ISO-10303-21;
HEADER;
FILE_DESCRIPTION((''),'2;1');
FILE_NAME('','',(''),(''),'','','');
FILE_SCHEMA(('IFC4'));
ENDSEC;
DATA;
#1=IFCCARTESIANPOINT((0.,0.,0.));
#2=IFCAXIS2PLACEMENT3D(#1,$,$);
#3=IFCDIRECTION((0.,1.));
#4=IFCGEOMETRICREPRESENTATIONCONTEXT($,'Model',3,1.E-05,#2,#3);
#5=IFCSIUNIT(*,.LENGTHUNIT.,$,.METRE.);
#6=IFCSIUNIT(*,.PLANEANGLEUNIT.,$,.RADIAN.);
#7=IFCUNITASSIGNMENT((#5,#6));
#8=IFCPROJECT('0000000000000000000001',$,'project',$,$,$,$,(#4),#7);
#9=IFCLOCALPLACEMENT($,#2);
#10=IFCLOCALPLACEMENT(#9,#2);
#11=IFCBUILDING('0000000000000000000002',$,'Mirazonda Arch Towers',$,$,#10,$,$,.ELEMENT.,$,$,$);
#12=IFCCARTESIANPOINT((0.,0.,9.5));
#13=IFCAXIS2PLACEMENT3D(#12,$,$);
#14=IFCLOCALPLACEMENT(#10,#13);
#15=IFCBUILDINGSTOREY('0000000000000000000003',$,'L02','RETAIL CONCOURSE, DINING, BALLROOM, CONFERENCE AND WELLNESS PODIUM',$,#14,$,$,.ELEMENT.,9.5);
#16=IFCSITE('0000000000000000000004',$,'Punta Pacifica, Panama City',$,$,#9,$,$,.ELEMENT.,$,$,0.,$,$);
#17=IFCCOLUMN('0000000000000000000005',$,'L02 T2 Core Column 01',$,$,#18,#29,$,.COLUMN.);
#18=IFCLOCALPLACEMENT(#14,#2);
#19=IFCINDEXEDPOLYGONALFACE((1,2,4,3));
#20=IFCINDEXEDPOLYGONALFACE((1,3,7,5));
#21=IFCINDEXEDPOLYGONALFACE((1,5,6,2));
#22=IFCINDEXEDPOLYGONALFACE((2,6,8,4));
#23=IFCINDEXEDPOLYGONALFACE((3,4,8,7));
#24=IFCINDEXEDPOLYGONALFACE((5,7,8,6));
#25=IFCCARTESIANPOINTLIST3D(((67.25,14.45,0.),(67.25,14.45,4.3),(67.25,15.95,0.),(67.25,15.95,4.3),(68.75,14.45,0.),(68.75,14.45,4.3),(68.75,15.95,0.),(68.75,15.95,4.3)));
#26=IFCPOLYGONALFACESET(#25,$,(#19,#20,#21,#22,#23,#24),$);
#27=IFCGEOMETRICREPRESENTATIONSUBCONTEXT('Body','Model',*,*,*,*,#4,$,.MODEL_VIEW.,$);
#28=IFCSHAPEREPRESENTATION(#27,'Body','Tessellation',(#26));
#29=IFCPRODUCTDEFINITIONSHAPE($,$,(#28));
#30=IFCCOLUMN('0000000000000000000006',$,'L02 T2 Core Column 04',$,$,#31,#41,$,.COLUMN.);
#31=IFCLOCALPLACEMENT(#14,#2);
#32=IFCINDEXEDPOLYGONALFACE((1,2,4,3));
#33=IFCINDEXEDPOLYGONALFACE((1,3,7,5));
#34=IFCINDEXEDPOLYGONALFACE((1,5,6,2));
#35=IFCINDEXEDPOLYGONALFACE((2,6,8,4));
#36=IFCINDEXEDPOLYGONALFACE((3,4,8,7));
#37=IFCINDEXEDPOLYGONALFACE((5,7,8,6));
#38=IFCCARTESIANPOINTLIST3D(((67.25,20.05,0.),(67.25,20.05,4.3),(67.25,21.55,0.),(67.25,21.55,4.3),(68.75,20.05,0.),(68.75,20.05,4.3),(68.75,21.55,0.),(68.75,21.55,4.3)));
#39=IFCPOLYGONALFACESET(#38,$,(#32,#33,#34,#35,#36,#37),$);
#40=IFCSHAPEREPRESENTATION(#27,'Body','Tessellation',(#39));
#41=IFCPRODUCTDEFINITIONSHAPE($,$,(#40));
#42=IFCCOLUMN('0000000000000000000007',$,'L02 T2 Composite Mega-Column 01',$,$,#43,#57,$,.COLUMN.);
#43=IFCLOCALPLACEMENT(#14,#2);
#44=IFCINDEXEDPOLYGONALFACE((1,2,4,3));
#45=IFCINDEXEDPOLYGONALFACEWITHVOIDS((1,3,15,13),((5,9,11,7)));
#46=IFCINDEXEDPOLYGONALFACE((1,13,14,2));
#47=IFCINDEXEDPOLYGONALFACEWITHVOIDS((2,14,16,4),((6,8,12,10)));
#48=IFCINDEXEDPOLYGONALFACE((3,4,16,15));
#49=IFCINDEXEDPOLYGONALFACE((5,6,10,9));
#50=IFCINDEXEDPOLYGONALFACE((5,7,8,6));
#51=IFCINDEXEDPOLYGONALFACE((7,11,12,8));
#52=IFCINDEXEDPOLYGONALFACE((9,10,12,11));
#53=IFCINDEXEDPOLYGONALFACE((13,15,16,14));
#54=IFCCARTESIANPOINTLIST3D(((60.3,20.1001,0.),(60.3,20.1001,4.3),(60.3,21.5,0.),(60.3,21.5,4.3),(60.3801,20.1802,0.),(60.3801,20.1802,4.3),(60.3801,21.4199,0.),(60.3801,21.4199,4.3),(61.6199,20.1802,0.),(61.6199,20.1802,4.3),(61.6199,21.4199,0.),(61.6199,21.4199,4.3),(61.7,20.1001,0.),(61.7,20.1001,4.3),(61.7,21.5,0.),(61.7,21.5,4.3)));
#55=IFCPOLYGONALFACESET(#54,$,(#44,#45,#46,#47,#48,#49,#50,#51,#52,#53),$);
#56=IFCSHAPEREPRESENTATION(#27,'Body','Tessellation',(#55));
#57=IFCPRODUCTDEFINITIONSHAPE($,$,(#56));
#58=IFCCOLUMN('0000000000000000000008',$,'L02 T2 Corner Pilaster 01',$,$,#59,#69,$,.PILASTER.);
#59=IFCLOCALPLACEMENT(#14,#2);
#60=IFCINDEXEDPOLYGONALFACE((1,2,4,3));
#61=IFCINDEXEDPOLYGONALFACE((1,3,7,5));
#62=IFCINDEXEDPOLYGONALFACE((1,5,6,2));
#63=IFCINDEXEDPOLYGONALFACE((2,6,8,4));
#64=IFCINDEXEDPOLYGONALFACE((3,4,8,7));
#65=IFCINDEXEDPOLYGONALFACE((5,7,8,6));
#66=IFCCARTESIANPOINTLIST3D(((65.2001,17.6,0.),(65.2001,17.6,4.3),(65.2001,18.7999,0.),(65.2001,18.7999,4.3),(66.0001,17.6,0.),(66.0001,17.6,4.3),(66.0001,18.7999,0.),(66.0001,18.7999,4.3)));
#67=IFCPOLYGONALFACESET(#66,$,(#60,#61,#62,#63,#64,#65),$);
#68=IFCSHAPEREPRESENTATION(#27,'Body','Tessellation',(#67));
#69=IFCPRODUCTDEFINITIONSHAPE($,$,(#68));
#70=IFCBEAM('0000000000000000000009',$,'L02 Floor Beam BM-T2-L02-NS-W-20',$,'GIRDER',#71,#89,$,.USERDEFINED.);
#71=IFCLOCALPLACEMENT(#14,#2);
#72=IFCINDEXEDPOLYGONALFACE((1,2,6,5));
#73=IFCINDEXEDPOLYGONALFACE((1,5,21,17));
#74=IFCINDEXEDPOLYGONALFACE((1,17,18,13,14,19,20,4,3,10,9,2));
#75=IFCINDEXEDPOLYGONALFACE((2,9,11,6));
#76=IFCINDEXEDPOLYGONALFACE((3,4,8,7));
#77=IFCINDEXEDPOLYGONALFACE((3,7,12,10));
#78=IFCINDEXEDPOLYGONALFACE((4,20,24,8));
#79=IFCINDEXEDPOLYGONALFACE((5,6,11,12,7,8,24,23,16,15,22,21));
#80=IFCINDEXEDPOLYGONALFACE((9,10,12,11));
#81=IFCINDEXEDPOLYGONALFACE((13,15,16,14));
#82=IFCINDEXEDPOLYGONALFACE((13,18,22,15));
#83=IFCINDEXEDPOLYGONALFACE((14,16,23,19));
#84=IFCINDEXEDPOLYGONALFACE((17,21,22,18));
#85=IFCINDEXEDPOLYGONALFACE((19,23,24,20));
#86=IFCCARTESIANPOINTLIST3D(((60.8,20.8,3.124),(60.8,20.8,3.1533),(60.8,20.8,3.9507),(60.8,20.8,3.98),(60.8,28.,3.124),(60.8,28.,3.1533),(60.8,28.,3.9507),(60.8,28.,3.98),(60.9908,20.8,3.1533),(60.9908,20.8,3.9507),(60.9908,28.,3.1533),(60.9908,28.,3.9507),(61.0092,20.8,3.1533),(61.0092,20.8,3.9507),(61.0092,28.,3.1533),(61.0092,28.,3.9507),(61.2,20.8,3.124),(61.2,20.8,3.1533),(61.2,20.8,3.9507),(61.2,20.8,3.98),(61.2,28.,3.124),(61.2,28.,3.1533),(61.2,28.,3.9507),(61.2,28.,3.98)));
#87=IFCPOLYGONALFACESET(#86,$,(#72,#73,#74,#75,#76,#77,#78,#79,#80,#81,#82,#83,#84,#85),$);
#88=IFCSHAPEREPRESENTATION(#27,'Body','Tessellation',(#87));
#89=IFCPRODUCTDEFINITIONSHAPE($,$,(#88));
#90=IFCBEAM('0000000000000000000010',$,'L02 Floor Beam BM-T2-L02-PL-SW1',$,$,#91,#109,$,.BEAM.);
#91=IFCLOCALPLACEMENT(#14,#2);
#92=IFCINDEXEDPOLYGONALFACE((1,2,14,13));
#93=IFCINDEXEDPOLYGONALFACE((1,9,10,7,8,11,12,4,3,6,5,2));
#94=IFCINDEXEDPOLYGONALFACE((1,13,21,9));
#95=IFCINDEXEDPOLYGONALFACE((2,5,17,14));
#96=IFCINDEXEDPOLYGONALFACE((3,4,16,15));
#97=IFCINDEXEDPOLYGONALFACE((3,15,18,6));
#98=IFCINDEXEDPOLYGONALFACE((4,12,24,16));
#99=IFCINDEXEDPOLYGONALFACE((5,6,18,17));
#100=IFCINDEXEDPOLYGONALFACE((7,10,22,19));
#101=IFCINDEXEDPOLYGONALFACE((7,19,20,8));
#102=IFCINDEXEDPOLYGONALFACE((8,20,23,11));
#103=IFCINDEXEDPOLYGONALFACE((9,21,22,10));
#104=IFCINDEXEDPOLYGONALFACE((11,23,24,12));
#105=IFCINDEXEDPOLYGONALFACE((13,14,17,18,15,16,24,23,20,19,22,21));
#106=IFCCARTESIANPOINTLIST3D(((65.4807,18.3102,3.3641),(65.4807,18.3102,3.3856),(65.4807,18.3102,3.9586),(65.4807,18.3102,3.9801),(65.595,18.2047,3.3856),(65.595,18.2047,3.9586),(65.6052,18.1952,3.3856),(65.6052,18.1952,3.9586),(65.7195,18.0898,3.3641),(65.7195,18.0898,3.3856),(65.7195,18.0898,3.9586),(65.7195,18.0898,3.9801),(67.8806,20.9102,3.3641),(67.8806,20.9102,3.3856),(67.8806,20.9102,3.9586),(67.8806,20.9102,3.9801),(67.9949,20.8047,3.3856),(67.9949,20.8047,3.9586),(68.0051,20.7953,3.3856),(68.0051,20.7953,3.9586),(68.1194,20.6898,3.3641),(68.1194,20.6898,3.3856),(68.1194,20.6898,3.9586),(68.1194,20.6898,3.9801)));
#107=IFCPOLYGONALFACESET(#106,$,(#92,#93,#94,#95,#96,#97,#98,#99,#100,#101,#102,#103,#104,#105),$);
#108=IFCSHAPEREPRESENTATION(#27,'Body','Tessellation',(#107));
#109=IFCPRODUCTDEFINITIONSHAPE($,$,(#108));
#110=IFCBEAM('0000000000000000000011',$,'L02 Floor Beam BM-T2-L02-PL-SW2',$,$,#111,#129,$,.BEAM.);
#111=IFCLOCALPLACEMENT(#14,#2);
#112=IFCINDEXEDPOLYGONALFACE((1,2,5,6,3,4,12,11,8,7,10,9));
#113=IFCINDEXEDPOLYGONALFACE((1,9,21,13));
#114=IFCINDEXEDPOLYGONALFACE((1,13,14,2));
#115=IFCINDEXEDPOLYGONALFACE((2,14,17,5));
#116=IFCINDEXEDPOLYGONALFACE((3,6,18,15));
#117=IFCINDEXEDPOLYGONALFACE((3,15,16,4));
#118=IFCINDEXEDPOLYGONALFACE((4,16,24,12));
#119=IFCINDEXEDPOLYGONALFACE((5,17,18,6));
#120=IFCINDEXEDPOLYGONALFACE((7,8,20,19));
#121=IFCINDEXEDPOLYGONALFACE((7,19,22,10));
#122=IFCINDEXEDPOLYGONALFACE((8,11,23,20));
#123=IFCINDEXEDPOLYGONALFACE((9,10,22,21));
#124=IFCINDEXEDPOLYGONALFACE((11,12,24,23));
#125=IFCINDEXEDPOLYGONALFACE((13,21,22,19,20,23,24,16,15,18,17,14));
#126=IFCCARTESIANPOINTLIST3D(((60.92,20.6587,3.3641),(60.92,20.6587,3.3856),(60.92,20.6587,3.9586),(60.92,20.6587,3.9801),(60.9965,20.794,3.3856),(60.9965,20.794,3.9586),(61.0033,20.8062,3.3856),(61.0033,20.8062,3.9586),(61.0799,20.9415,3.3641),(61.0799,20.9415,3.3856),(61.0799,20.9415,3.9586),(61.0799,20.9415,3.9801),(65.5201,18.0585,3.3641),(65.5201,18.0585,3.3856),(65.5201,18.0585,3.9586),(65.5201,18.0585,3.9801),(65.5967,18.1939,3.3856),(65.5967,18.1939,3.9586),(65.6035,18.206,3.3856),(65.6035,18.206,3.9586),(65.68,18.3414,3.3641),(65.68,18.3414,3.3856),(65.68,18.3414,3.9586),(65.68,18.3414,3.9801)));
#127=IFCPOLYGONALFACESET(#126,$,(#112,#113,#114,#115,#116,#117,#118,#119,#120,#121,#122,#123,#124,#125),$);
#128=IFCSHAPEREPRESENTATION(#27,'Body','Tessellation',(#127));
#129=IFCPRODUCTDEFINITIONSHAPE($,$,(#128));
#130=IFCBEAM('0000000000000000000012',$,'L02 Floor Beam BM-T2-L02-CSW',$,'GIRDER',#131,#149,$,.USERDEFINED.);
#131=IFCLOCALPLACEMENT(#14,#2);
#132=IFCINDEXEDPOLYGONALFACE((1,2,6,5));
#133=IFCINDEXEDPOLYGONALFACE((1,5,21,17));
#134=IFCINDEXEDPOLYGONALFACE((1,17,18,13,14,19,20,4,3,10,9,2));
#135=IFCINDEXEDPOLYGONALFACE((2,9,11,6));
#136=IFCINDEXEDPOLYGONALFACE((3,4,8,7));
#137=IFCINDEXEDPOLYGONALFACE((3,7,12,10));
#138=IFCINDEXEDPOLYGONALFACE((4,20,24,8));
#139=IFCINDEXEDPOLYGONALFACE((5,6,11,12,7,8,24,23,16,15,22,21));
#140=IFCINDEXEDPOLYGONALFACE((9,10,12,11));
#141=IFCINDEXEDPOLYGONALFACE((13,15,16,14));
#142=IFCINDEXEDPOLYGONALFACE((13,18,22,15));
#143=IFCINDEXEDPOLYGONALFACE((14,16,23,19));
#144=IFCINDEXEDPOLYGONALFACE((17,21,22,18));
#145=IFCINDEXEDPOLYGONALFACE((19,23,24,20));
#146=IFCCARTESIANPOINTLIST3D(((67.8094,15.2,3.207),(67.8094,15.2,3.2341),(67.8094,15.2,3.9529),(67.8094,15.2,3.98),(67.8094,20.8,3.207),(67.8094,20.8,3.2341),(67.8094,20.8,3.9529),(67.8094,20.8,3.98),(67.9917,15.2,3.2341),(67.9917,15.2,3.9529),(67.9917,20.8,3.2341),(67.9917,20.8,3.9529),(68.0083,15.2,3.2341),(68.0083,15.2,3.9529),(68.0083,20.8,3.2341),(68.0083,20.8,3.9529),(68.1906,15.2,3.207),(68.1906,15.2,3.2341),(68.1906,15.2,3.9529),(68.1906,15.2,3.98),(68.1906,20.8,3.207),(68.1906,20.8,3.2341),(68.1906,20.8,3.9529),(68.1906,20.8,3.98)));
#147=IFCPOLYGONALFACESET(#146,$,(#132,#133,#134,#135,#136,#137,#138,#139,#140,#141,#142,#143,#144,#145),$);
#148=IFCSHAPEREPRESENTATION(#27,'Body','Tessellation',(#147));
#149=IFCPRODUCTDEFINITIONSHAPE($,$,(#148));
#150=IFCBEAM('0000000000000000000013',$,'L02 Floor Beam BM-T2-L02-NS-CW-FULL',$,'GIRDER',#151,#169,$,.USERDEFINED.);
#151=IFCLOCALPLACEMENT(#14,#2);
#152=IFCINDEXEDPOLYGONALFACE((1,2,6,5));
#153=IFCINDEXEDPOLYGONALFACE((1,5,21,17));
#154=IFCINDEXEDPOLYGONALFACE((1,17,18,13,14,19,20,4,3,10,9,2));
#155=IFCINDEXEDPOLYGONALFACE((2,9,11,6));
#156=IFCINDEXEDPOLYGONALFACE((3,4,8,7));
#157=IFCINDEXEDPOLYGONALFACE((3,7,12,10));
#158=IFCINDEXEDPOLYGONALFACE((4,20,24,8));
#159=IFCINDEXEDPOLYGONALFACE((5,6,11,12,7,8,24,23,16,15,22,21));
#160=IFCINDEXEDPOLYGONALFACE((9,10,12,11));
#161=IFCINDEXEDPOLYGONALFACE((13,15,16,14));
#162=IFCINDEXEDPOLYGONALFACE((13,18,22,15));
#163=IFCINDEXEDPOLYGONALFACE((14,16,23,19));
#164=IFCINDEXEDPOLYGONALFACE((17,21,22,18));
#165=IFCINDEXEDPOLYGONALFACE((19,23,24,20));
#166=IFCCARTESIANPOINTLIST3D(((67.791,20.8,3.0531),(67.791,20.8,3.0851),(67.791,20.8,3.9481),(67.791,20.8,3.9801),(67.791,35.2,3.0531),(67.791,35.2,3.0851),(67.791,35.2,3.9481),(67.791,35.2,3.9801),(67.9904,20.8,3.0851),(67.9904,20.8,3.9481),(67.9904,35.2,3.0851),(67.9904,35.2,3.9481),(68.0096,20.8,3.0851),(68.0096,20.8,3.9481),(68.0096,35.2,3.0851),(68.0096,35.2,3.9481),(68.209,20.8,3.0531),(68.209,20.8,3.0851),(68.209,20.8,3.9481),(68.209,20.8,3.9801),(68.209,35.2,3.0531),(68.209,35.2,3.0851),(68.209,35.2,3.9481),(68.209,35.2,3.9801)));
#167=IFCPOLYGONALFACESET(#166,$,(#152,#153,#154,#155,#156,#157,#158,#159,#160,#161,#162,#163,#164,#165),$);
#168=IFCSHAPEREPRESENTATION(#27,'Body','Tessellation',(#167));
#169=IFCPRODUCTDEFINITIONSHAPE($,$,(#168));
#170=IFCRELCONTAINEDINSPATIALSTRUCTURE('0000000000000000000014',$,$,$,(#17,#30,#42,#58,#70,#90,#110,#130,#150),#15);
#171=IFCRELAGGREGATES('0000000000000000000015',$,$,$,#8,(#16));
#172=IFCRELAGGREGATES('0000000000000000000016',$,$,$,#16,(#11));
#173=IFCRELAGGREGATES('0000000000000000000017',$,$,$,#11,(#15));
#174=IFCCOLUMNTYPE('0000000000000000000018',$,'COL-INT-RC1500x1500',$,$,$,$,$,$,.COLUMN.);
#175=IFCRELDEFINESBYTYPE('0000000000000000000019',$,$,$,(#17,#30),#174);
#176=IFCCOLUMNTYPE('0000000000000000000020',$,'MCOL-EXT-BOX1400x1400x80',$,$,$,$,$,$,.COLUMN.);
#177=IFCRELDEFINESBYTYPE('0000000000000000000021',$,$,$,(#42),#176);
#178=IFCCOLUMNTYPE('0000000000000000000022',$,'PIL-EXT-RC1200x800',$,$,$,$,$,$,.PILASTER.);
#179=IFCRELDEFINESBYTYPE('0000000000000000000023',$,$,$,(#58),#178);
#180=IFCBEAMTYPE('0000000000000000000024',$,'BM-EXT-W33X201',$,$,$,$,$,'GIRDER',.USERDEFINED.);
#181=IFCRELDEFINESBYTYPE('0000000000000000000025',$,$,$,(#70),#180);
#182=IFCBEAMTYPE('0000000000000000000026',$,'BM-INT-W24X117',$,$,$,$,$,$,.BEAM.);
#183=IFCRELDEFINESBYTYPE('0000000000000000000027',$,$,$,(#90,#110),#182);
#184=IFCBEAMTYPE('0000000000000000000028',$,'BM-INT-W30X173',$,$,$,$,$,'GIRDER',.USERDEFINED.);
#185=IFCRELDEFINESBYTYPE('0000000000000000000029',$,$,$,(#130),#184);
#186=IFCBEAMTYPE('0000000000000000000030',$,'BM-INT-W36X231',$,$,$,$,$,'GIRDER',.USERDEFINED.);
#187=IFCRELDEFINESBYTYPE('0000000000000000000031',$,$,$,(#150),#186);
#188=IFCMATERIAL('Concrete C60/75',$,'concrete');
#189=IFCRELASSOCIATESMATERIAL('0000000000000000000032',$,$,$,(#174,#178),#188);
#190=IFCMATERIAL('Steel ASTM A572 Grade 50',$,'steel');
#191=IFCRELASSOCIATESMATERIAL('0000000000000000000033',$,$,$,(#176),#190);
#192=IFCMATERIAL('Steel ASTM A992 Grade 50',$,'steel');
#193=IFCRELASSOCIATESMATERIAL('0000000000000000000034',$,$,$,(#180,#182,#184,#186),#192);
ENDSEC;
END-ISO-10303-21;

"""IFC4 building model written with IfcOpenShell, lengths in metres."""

from ifc_helpers import new_model, si_unit, direction, frame, origin, origin_2d, place, context, subcontext, project, spatial, rectangle, hollow_rectangle, i_section, extrude, material, material_profile, profile_set, type_object, element, save


model = new_model("IFC4")

# Units and contexts
model_context = context("Model", 3, precision=1e-05, world=origin(), true_north=direction((0.0, 1.0)))
body_context = subcontext(model_context, "Body", "Model", "MODEL_VIEW")
ifc_project = project(units=[si_unit("LENGTHUNIT", "METRE"), si_unit("PLANEANGLEUNIT", "RADIAN")], contexts=[model_context])

# Site, building, storey
site_placement = place(None, origin())
site = spatial("IfcSite", under=ifc_project, at=site_placement, Name="Punta Pacifica, Panama City", CompositionType="ELEMENT", RefElevation=0.0)
building_placement = place(site_placement, origin())
building = spatial("IfcBuilding", under=site, at=building_placement, Name="Mirazonda Arch Towers", CompositionType="ELEMENT")
storey_placement = place(building_placement, frame((0.0, 0.0, 9.5)))
storey = spatial("IfcBuildingStorey", under=building, at=storey_placement, Name="L02", Description="RETAIL CONCOURSE, DINING, BALLROOM, CONFERENCE AND WELLNESS PODIUM", CompositionType="ELEMENT", Elevation=9.5)

# Columns
ifc_material_1 = material(Name="Concrete C60/75", Category="concrete")
ifc_material_profile_1 = material_profile(ifc_material_1, rectangle(XDim=1.5, YDim=1.5, at=origin_2d()), Name="RC1500x1500")
ifc_profile_set_1 = profile_set([ifc_material_profile_1], Name="Concrete C60/75")
column_type_1 = type_object("IfcColumnType", Name="COL-INT-RC1500x1500", PredefinedType="COLUMN", material=ifc_profile_set_1)
for number, where, z_axis, x_axis, name in (
    (1, (68.0, 15.2, 0.0), (0.0, 0.0, 1.0), (1.0, 0.0, 0.0), "L02 T2 Core Column 01"),
    (2, (68.0, 20.8, 0.0), (0.0, 0.0, 1.0), (1.0, 0.0, 0.0), "L02 T2 Core Column 04"),
):
    element("IfcColumn", number, at=place(storey_placement, frame(where, z_axis=z_axis, x_axis=x_axis)), inside=storey, type_object=column_type_1, Name=name, PredefinedType="COLUMN", context=body_context, shape_type="SweptSolid", body=[
        extrude(rectangle(XDim=1.5, YDim=1.5, at=origin_2d()), origin(), (0.0, 0.0, 1.0), 4.3),
    ])
ifc_material_2 = material(Name="Steel ASTM A572 Grade 50", Category="steel")
ifc_material_profile_2 = material_profile(ifc_material_2, hollow_rectangle(XDim=1.3999, YDim=1.3999, WallThickness=0.0801, at=origin_2d()), Name="BOX1400x1400x80")
ifc_profile_set_2 = profile_set([ifc_material_profile_2], Name="Steel ASTM A572 Grade 50")
column_type_2 = type_object("IfcColumnType", Name="MCOL-EXT-BOX1400x1400x80", PredefinedType="COLUMN", material=ifc_profile_set_2)
column_1_placement = place(storey_placement, frame((61.0, 20.8, 0.0), z_axis=(0.0, 0.0, 1.0), x_axis=(1.0, 0.0, 0.0)))
element("IfcColumn", 3, at=column_1_placement, inside=storey, type_object=column_type_2, Name="L02 T2 Composite Mega-Column 01", PredefinedType="COLUMN", context=body_context, shape_type="SweptSolid", body=[
    extrude(hollow_rectangle(XDim=1.3999, YDim=1.3999, WallThickness=0.0801, at=origin_2d()), origin(), (0.0, 0.0, 1.0), 4.3),
])
ifc_material_profile_3 = material_profile(ifc_material_1, rectangle(XDim=0.8, YDim=1.2, at=origin_2d()), Name="RC1200x800")
ifc_profile_set_3 = profile_set([ifc_material_profile_3], Name="Concrete C60/75")
column_type_3 = type_object("IfcColumnType", Name="PIL-EXT-RC1200x800", PredefinedType="PILASTER", material=ifc_profile_set_3)
column_2_placement = place(storey_placement, frame((65.6001, 18.2, 0.0), z_axis=(0.0, 0.0, 1.0), x_axis=(1.0, 0.0, 0.0)))
element("IfcColumn", 4, at=column_2_placement, inside=storey, type_object=column_type_3, Name="L02 T2 Corner Pilaster 01", PredefinedType="PILASTER", context=body_context, shape_type="SweptSolid", body=[
    extrude(rectangle(XDim=0.8, YDim=1.2, at=origin_2d()), origin(), (0.0, 0.0, 1.0), 4.3),
])

# Beams
ifc_material_3 = material(Name="Steel ASTM A992 Grade 50", Category="steel")
ifc_material_profile_4 = material_profile(ifc_material_3, i_section(OverallWidth=0.3999, OverallDepth=0.856, WebThickness=0.0183, FlangeThickness=0.0293, at=origin_2d()), Name="W33X201")
ifc_profile_set_4 = profile_set([ifc_material_profile_4], Name="Steel ASTM A992 Grade 50")
beam_type_1 = type_object("IfcBeamType", Name="BM-EXT-W33X201", ElementType="GIRDER", PredefinedType="USERDEFINED", material=ifc_profile_set_4)
beam_1_placement = place(storey_placement, frame((61.0, 20.8, 3.552), z_axis=(0.0, 1.0, 0.0), x_axis=(-1.0, 0.0, 0.0)))
element("IfcBeam", 5, at=beam_1_placement, inside=storey, type_object=beam_type_1, Name="L02 Floor Beam BM-T2-L02-NS-W-20", ObjectType="GIRDER", PredefinedType="USERDEFINED", context=body_context, shape_type="SweptSolid", body=[
    extrude(i_section(OverallWidth=0.3999, OverallDepth=0.856, WebThickness=0.0183, FlangeThickness=0.0293, at=origin_2d()), origin(), (0.0, 0.0, 1.0), 7.2),
])
ifc_material_profile_5 = material_profile(ifc_material_3, i_section(OverallWidth=0.325, OverallDepth=0.616, WebThickness=0.0139, FlangeThickness=0.0215, at=origin_2d()), Name="W24X117")
ifc_profile_set_5 = profile_set([ifc_material_profile_5], Name="Steel ASTM A992 Grade 50")
beam_type_2 = type_object("IfcBeamType", Name="BM-INT-W24X117", PredefinedType="BEAM", material=ifc_profile_set_5)
beam_2_placement = place(storey_placement, frame((65.6001, 18.2, 3.6721), z_axis=(0.678251, 0.73483, 0.0), x_axis=(-0.73483, 0.678251, 0.0)))
element("IfcBeam", 6, at=beam_2_placement, inside=storey, type_object=beam_type_2, Name="L02 Floor Beam BM-T2-L02-PL-SW1", PredefinedType="BEAM", context=body_context, shape_type="SweptSolid", body=[
    extrude(i_section(OverallWidth=0.325, OverallDepth=0.616, WebThickness=0.0139, FlangeThickness=0.0215, at=origin_2d()), origin(), (0.0, 0.0, 1.0), 3.5383),
])
beam_3_placement = place(storey_placement, frame((65.6001, 18.2, 3.6721), z_axis=(-0.870559, 0.492063, 0.0), x_axis=(-0.492063, -0.870559, 0.0)))
element("IfcBeam", 7, at=beam_3_placement, inside=storey, type_object=beam_type_2, Name="L02 Floor Beam BM-T2-L02-PL-SW2", PredefinedType="BEAM", context=body_context, shape_type="SweptSolid", body=[
    extrude(i_section(OverallWidth=0.325, OverallDepth=0.616, WebThickness=0.0139, FlangeThickness=0.0215, at=origin_2d()), origin(), (0.0, 0.0, 1.0), 5.2842),
])
ifc_material_profile_6 = material_profile(ifc_material_3, i_section(OverallWidth=0.3811, OverallDepth=0.7729, WebThickness=0.0166, FlangeThickness=0.0271, at=origin_2d()), Name="W30X173")
ifc_profile_set_6 = profile_set([ifc_material_profile_6], Name="Steel ASTM A992 Grade 50")
beam_type_3 = type_object("IfcBeamType", Name="BM-INT-W30X173", ElementType="GIRDER", PredefinedType="USERDEFINED", material=ifc_profile_set_6)
beam_4_placement = place(storey_placement, frame((68.0, 15.2, 3.5935), z_axis=(0.0, 1.0, 0.0), x_axis=(-1.0, 0.0, 0.0)))
element("IfcBeam", 8, at=beam_4_placement, inside=storey, type_object=beam_type_3, Name="L02 Floor Beam BM-T2-L02-CSW", ObjectType="GIRDER", PredefinedType="USERDEFINED", context=body_context, shape_type="SweptSolid", body=[
    extrude(i_section(OverallWidth=0.3811, OverallDepth=0.7729, WebThickness=0.0166, FlangeThickness=0.0271, at=origin_2d()), origin(), (0.0, 0.0, 1.0), 5.6001),
])
ifc_material_profile_7 = material_profile(ifc_material_3, i_section(OverallWidth=0.418, OverallDepth=0.927, WebThickness=0.0193, FlangeThickness=0.032, at=origin_2d()), Name="W36X231")
ifc_profile_set_7 = profile_set([ifc_material_profile_7], Name="Steel ASTM A992 Grade 50")
beam_type_4 = type_object("IfcBeamType", Name="BM-INT-W36X231", ElementType="GIRDER", PredefinedType="USERDEFINED", material=ifc_profile_set_7)
beam_5_placement = place(storey_placement, frame((68.0, 20.8, 3.5166), z_axis=(0.0, 1.0, 0.0), x_axis=(-1.0, 0.0, 0.0)))
element("IfcBeam", 9, at=beam_5_placement, inside=storey, type_object=beam_type_4, Name="L02 Floor Beam BM-T2-L02-NS-CW-FULL", ObjectType="GIRDER", PredefinedType="USERDEFINED", context=body_context, shape_type="SweptSolid", body=[
    extrude(i_section(OverallWidth=0.418, OverallDepth=0.927, WebThickness=0.0193, FlangeThickness=0.032, at=origin_2d()), origin(), (0.0, 0.0, 1.0), 14.3999),
])

save(model, "model.ifc")
